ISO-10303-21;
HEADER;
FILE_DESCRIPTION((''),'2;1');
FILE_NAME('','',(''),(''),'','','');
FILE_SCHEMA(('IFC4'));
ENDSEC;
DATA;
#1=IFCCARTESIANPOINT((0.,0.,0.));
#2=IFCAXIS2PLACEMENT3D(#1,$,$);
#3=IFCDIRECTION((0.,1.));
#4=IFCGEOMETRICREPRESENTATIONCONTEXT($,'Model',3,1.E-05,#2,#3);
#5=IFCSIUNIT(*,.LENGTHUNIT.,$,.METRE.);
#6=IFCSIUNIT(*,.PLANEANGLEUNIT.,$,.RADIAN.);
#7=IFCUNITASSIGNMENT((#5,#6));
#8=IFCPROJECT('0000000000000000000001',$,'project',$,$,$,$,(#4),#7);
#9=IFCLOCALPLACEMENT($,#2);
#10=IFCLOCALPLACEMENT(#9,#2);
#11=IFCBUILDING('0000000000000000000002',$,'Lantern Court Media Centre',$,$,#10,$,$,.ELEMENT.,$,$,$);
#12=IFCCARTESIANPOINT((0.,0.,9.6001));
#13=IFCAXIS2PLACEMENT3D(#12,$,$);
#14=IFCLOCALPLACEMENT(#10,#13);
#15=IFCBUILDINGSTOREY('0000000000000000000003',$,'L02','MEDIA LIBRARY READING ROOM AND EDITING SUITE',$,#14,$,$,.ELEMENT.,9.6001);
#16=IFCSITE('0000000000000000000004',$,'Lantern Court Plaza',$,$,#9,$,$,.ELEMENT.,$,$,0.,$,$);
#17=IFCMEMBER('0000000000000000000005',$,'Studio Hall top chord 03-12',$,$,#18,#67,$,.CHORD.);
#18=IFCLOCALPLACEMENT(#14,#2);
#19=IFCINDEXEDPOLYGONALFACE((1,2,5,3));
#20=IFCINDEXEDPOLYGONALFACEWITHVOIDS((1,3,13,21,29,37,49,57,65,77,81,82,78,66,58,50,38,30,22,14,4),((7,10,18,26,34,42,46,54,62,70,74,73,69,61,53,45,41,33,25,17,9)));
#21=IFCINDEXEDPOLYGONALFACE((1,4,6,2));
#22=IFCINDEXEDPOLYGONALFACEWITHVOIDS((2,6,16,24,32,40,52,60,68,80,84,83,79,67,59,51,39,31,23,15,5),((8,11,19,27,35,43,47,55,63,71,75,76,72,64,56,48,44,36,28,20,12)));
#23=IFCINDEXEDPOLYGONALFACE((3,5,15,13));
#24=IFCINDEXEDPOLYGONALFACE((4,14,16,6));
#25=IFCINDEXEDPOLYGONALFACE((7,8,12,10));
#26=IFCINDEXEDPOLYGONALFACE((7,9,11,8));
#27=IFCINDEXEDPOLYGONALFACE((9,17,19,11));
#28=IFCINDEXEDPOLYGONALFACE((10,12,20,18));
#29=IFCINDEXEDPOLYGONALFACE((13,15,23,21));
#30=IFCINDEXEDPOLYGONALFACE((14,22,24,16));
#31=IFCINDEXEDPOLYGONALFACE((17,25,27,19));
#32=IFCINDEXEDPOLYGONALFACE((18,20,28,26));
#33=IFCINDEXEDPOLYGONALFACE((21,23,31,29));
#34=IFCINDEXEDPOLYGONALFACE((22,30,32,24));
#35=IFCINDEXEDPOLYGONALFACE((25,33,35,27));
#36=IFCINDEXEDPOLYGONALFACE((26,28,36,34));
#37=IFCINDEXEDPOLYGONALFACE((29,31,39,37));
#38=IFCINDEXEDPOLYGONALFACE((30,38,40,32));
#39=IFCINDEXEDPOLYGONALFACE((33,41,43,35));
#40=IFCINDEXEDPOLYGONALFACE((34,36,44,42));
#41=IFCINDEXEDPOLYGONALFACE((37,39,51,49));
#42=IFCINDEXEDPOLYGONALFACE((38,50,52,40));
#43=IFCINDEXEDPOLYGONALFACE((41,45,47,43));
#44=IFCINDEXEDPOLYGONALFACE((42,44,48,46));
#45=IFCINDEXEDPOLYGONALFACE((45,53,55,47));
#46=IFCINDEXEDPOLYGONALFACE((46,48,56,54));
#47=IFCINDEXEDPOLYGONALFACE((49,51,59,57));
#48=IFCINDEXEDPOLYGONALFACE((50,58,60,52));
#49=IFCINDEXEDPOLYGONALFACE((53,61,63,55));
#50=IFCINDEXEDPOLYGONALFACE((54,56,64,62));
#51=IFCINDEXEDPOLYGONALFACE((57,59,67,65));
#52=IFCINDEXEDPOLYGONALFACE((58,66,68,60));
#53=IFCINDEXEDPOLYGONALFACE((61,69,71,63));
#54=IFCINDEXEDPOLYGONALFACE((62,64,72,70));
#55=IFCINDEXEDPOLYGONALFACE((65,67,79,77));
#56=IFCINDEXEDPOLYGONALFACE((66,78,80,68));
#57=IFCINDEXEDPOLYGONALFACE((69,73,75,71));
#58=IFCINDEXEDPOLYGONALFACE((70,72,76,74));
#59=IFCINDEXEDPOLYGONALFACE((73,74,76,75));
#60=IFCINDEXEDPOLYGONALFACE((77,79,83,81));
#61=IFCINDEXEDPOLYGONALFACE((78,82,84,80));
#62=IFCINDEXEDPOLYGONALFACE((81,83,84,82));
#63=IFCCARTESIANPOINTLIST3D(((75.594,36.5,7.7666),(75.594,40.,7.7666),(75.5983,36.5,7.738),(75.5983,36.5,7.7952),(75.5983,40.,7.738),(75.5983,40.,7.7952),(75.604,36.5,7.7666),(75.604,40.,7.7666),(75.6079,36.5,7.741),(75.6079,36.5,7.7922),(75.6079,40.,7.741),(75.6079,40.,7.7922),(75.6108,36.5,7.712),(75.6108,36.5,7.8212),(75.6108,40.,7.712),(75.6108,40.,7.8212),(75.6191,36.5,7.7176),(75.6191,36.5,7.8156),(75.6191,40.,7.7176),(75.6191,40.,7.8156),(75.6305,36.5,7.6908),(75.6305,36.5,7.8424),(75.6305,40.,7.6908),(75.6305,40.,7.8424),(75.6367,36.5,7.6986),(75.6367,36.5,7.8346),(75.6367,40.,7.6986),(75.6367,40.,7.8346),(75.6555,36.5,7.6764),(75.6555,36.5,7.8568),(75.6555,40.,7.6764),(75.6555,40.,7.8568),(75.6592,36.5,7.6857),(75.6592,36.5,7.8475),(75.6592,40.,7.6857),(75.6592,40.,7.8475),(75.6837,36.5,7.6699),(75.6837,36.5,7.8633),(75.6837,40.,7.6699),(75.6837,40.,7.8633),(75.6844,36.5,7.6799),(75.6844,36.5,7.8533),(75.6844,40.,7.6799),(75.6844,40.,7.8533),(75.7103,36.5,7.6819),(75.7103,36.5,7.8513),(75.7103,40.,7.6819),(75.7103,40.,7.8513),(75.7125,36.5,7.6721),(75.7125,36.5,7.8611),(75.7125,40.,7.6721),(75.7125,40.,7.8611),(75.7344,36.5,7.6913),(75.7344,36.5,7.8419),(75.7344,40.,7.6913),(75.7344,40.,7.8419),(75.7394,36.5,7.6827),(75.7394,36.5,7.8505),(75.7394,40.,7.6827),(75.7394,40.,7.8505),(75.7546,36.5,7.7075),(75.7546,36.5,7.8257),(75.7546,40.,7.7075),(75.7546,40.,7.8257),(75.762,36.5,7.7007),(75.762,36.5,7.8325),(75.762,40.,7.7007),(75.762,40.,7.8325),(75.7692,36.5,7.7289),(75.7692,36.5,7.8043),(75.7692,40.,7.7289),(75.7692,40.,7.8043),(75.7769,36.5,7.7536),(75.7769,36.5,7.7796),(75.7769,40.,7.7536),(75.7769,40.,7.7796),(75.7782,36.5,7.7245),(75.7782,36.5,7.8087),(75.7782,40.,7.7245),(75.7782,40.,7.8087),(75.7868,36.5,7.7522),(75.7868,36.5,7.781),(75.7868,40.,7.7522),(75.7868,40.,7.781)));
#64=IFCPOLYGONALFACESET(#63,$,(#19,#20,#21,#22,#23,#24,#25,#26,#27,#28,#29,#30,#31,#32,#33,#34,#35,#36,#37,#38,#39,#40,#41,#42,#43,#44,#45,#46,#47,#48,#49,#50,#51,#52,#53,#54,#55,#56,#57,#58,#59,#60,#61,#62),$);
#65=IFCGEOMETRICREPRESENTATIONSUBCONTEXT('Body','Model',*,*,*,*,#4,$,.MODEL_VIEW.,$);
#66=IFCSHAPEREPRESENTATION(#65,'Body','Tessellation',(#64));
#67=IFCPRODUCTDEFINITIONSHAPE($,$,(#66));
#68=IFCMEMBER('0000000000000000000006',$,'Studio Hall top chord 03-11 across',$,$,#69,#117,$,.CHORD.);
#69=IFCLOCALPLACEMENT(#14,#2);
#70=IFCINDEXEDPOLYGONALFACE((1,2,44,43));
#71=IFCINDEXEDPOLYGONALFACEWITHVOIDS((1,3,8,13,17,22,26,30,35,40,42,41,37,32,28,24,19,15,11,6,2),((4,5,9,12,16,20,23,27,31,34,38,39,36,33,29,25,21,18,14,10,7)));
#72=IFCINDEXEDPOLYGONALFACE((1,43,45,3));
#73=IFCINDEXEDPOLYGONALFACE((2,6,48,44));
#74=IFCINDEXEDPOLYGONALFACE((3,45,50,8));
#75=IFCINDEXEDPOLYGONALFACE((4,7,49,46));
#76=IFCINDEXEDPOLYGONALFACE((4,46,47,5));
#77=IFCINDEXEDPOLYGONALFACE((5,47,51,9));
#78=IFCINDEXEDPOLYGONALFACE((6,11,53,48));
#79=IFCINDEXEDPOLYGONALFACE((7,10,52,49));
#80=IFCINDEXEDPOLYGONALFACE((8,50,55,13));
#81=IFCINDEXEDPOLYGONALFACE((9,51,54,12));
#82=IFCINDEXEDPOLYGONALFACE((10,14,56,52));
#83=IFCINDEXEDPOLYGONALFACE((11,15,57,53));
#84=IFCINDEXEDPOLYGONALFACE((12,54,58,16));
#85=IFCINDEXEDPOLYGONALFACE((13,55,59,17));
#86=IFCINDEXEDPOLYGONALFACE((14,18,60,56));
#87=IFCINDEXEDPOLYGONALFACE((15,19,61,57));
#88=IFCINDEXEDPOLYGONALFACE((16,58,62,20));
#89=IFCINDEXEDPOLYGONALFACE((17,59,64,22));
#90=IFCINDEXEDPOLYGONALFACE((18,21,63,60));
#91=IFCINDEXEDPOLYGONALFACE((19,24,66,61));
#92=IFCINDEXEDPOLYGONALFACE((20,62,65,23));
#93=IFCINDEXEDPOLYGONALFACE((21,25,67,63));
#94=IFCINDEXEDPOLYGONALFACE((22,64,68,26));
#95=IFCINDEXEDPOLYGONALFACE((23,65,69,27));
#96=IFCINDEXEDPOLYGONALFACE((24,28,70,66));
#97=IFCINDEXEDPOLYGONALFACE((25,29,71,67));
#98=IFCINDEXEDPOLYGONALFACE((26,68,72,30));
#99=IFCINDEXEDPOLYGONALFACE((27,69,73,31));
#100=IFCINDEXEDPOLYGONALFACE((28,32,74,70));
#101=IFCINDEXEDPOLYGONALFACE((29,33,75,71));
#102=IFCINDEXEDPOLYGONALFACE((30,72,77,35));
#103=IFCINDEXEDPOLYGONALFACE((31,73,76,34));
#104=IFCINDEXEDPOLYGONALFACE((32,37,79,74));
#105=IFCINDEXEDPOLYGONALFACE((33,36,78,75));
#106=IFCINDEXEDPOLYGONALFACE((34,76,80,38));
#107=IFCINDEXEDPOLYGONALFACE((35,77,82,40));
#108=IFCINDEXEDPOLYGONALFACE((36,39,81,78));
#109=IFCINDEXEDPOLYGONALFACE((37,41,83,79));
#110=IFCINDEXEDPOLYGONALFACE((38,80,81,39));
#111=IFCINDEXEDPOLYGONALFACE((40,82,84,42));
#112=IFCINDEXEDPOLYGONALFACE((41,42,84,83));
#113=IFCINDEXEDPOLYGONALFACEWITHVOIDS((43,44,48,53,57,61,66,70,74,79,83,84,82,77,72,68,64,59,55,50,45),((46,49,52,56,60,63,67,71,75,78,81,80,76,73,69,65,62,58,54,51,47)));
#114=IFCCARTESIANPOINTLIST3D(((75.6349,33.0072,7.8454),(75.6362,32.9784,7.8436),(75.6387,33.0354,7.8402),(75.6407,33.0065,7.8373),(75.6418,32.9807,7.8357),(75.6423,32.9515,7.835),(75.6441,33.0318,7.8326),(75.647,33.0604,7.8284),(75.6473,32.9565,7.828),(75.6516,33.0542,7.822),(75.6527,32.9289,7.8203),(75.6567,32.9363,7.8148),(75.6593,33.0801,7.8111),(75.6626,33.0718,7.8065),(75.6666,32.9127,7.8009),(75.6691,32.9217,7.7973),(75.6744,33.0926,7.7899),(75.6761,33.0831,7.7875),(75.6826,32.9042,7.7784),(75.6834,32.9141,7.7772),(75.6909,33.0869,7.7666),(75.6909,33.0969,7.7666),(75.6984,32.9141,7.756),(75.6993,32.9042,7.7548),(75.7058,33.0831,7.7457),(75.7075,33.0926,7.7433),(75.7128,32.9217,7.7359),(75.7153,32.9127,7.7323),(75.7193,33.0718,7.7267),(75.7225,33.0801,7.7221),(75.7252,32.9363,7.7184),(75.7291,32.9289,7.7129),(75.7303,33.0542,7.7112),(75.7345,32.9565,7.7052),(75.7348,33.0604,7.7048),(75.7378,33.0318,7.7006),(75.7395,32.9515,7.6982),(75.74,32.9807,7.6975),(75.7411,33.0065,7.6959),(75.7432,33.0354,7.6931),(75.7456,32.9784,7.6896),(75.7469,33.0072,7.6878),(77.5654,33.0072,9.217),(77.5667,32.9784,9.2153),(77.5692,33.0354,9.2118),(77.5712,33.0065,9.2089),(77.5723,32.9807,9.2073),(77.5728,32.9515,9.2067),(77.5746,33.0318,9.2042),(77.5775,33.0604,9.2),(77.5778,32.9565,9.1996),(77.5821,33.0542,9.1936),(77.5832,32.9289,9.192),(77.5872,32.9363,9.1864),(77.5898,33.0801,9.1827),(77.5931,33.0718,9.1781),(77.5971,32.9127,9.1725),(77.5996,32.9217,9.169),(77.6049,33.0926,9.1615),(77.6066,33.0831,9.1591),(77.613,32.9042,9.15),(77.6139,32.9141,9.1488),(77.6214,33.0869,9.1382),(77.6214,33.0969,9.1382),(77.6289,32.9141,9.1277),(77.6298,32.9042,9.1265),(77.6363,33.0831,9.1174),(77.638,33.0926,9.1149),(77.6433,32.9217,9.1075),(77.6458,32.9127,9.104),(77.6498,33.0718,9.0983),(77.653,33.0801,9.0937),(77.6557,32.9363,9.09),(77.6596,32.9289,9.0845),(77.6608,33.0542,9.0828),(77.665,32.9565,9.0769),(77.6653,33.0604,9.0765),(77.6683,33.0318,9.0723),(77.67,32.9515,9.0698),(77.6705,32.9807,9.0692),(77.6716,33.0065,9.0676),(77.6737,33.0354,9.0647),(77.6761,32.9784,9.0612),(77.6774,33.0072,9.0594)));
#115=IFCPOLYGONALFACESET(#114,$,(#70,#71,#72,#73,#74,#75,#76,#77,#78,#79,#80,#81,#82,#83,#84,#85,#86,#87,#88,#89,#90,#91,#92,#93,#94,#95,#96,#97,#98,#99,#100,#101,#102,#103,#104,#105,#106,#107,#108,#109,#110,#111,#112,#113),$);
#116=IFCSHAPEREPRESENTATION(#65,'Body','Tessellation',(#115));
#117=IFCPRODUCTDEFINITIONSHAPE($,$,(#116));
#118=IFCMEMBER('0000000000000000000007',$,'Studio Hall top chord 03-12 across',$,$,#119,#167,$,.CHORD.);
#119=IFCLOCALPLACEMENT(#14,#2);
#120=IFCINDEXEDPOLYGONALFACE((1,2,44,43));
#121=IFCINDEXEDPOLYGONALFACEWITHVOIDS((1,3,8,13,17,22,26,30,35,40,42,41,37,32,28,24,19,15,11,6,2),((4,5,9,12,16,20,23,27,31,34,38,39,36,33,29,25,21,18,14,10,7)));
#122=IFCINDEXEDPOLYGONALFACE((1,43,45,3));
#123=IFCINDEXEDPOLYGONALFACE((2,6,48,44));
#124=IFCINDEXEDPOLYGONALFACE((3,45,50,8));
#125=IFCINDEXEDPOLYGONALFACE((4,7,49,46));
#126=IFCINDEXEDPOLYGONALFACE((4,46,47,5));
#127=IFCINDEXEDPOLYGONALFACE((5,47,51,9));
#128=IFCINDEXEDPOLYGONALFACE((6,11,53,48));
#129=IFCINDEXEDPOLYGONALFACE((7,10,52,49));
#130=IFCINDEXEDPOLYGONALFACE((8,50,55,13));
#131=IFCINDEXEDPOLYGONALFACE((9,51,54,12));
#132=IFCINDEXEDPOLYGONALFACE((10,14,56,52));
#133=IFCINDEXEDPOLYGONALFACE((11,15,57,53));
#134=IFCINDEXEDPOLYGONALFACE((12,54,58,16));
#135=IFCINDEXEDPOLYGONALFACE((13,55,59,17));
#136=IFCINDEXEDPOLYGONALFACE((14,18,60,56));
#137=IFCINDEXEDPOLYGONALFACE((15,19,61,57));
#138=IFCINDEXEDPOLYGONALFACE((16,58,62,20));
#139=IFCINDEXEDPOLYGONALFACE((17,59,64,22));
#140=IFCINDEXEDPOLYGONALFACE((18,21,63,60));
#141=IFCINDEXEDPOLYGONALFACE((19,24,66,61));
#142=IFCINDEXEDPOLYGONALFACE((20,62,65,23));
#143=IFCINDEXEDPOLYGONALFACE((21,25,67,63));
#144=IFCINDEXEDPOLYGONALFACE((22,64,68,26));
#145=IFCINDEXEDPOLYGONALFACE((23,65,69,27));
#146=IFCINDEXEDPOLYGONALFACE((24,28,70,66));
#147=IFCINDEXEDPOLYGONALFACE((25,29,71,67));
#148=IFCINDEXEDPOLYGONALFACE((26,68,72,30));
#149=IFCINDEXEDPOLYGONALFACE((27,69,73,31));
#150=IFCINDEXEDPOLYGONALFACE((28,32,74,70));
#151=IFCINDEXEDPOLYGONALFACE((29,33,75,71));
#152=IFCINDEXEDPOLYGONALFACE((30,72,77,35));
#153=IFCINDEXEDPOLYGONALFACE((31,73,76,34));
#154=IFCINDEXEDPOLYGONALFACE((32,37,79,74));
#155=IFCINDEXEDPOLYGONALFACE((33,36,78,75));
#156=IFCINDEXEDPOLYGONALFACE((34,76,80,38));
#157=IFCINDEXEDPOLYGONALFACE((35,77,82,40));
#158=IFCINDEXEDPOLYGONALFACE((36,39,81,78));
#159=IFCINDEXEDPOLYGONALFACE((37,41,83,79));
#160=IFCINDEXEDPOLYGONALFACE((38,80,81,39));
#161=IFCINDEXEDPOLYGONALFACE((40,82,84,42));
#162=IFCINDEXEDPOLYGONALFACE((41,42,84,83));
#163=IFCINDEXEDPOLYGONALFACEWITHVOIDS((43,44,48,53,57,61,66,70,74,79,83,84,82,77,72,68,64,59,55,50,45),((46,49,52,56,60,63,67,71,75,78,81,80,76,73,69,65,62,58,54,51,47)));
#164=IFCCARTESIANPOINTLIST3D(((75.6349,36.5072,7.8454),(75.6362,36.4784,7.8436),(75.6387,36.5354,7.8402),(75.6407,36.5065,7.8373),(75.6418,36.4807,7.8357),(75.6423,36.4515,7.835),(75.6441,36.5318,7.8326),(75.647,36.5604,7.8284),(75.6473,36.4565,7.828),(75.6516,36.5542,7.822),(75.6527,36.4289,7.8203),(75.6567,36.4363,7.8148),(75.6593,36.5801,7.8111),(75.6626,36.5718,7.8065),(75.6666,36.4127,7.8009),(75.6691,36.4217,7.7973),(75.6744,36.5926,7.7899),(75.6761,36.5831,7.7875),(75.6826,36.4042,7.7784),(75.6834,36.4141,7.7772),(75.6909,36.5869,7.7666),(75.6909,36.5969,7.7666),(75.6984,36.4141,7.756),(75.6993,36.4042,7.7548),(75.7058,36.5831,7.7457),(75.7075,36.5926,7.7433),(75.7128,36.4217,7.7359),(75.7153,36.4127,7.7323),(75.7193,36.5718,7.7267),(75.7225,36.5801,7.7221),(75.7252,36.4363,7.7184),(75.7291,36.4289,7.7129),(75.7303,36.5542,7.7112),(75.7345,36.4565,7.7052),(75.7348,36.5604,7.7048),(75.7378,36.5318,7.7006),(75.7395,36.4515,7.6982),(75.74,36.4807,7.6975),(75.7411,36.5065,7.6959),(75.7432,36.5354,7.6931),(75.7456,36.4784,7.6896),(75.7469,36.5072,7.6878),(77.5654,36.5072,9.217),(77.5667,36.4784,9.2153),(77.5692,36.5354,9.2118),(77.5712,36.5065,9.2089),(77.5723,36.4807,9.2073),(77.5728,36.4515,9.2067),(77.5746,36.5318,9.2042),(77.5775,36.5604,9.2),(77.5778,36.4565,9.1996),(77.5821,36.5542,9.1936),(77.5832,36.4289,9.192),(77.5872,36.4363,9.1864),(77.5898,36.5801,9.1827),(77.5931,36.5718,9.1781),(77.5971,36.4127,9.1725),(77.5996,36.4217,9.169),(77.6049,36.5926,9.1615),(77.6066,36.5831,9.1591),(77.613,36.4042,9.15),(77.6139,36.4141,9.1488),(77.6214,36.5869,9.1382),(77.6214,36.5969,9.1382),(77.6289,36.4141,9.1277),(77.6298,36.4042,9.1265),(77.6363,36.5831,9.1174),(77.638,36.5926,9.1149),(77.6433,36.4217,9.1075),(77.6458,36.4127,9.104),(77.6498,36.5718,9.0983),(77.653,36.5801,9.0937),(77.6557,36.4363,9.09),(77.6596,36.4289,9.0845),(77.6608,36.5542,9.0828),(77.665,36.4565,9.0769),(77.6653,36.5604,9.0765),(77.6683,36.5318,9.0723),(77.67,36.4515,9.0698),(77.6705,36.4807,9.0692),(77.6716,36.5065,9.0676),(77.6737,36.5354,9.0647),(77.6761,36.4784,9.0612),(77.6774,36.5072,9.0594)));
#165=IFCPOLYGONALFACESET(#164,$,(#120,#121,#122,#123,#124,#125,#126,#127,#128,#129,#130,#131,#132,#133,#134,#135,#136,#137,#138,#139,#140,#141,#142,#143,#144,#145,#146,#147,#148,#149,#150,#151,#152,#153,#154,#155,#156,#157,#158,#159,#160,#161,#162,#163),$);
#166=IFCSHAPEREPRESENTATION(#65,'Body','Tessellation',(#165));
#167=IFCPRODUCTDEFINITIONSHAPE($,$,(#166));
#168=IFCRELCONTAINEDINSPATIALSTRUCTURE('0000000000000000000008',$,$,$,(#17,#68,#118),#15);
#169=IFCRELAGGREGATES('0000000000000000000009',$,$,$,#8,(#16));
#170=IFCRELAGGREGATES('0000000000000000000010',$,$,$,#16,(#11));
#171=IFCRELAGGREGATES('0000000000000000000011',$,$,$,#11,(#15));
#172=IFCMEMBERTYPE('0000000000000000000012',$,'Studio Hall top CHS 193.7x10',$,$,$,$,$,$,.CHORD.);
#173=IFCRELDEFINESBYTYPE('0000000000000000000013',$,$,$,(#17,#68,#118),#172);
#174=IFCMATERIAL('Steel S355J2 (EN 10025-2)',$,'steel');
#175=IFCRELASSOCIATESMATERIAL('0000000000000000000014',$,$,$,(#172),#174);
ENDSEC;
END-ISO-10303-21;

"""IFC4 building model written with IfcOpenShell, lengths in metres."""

from ifc_helpers import new_model, si_unit, direction, frame, origin, origin_2d, place, context, subcontext, project, spatial, hollow_circle, extrude, material, material_profile, profile_set, type_object, element, save


model = new_model("IFC4")

# Units and contexts
model_context = context("Model", 3, precision=1e-05, world=origin(), true_north=direction((0.0, 1.0)))
body_context = subcontext(model_context, "Body", "Model", "MODEL_VIEW")
ifc_project = project(units=[si_unit("LENGTHUNIT", "METRE"), si_unit("PLANEANGLEUNIT", "RADIAN")], contexts=[model_context])

# Site, building, storey
site_placement = place(None, origin())
site = spatial("IfcSite", under=ifc_project, at=site_placement, Name="Lantern Court Plaza", CompositionType="ELEMENT", RefElevation=0.0)
building_placement = place(site_placement, origin())
building = spatial("IfcBuilding", under=site, at=building_placement, Name="Lantern Court Media Centre", CompositionType="ELEMENT")
storey_placement = place(building_placement, frame((0.0, 0.0, 9.6001)))
storey = spatial("IfcBuildingStorey", under=building, at=storey_placement, Name="L02", Description="MEDIA LIBRARY READING ROOM AND EDITING SUITE", CompositionType="ELEMENT", Elevation=9.6001)

# Members
ifc_material_1 = material(Name="Steel S355J2 (EN 10025-2)", Category="steel")
ifc_material_profile_1 = material_profile(ifc_material_1, hollow_circle(Radius=0.0969, WallThickness=0.01, at=origin_2d()), Name="Studio Hall top CHS 193.7x10")
ifc_profile_set_1 = profile_set([ifc_material_profile_1], Name="Steel S355J2 (EN 10025-2)")
member_type_1 = type_object("IfcMemberType", Name="Studio Hall top CHS 193.7x10", PredefinedType="CHORD", material=ifc_profile_set_1)
for number, where, z_axis, x_axis, name in (
    (1, (75.6909, 36.5, 7.7666), (0.0, 1.0, 0.0), (-1.0, 0.0, 0.0), "Studio Hall top chord 03-12"),
):
    element("IfcMember", number, at=place(storey_placement, frame(where, z_axis=z_axis, x_axis=x_axis)), inside=storey, type_object=member_type_1, Name=name, PredefinedType="CHORD", context=body_context, shape_type="SweptSolid", body=[
        extrude(hollow_circle(Radius=0.0969, WallThickness=0.01, at=origin_2d()), origin(), (0.0, 0.0, 1.0), 3.5),
    ])
for number, where, z_axis, x_axis, name in (
    (2, (75.6909, 33.0, 7.7666), (0.815187, 0.0, 0.579198), (0.0, 1.0, 0.0), "Studio Hall top chord 03-11 across"),
    (3, (75.6909, 36.5, 7.7666), (0.815187, 0.0, 0.579198), (0.0, 1.0, 0.0), "Studio Hall top chord 03-12 across"),
):
    element("IfcMember", number, at=place(storey_placement, frame(where, z_axis=z_axis, x_axis=x_axis)), inside=storey, type_object=member_type_1, Name=name, PredefinedType="CHORD", context=body_context, shape_type="SweptSolid", body=[
        extrude(hollow_circle(Radius=0.0969, WallThickness=0.01, at=origin_2d()), origin(), (0.0, 0.0, 1.0), 2.3682),
    ])

save(model, "model.ifc")
